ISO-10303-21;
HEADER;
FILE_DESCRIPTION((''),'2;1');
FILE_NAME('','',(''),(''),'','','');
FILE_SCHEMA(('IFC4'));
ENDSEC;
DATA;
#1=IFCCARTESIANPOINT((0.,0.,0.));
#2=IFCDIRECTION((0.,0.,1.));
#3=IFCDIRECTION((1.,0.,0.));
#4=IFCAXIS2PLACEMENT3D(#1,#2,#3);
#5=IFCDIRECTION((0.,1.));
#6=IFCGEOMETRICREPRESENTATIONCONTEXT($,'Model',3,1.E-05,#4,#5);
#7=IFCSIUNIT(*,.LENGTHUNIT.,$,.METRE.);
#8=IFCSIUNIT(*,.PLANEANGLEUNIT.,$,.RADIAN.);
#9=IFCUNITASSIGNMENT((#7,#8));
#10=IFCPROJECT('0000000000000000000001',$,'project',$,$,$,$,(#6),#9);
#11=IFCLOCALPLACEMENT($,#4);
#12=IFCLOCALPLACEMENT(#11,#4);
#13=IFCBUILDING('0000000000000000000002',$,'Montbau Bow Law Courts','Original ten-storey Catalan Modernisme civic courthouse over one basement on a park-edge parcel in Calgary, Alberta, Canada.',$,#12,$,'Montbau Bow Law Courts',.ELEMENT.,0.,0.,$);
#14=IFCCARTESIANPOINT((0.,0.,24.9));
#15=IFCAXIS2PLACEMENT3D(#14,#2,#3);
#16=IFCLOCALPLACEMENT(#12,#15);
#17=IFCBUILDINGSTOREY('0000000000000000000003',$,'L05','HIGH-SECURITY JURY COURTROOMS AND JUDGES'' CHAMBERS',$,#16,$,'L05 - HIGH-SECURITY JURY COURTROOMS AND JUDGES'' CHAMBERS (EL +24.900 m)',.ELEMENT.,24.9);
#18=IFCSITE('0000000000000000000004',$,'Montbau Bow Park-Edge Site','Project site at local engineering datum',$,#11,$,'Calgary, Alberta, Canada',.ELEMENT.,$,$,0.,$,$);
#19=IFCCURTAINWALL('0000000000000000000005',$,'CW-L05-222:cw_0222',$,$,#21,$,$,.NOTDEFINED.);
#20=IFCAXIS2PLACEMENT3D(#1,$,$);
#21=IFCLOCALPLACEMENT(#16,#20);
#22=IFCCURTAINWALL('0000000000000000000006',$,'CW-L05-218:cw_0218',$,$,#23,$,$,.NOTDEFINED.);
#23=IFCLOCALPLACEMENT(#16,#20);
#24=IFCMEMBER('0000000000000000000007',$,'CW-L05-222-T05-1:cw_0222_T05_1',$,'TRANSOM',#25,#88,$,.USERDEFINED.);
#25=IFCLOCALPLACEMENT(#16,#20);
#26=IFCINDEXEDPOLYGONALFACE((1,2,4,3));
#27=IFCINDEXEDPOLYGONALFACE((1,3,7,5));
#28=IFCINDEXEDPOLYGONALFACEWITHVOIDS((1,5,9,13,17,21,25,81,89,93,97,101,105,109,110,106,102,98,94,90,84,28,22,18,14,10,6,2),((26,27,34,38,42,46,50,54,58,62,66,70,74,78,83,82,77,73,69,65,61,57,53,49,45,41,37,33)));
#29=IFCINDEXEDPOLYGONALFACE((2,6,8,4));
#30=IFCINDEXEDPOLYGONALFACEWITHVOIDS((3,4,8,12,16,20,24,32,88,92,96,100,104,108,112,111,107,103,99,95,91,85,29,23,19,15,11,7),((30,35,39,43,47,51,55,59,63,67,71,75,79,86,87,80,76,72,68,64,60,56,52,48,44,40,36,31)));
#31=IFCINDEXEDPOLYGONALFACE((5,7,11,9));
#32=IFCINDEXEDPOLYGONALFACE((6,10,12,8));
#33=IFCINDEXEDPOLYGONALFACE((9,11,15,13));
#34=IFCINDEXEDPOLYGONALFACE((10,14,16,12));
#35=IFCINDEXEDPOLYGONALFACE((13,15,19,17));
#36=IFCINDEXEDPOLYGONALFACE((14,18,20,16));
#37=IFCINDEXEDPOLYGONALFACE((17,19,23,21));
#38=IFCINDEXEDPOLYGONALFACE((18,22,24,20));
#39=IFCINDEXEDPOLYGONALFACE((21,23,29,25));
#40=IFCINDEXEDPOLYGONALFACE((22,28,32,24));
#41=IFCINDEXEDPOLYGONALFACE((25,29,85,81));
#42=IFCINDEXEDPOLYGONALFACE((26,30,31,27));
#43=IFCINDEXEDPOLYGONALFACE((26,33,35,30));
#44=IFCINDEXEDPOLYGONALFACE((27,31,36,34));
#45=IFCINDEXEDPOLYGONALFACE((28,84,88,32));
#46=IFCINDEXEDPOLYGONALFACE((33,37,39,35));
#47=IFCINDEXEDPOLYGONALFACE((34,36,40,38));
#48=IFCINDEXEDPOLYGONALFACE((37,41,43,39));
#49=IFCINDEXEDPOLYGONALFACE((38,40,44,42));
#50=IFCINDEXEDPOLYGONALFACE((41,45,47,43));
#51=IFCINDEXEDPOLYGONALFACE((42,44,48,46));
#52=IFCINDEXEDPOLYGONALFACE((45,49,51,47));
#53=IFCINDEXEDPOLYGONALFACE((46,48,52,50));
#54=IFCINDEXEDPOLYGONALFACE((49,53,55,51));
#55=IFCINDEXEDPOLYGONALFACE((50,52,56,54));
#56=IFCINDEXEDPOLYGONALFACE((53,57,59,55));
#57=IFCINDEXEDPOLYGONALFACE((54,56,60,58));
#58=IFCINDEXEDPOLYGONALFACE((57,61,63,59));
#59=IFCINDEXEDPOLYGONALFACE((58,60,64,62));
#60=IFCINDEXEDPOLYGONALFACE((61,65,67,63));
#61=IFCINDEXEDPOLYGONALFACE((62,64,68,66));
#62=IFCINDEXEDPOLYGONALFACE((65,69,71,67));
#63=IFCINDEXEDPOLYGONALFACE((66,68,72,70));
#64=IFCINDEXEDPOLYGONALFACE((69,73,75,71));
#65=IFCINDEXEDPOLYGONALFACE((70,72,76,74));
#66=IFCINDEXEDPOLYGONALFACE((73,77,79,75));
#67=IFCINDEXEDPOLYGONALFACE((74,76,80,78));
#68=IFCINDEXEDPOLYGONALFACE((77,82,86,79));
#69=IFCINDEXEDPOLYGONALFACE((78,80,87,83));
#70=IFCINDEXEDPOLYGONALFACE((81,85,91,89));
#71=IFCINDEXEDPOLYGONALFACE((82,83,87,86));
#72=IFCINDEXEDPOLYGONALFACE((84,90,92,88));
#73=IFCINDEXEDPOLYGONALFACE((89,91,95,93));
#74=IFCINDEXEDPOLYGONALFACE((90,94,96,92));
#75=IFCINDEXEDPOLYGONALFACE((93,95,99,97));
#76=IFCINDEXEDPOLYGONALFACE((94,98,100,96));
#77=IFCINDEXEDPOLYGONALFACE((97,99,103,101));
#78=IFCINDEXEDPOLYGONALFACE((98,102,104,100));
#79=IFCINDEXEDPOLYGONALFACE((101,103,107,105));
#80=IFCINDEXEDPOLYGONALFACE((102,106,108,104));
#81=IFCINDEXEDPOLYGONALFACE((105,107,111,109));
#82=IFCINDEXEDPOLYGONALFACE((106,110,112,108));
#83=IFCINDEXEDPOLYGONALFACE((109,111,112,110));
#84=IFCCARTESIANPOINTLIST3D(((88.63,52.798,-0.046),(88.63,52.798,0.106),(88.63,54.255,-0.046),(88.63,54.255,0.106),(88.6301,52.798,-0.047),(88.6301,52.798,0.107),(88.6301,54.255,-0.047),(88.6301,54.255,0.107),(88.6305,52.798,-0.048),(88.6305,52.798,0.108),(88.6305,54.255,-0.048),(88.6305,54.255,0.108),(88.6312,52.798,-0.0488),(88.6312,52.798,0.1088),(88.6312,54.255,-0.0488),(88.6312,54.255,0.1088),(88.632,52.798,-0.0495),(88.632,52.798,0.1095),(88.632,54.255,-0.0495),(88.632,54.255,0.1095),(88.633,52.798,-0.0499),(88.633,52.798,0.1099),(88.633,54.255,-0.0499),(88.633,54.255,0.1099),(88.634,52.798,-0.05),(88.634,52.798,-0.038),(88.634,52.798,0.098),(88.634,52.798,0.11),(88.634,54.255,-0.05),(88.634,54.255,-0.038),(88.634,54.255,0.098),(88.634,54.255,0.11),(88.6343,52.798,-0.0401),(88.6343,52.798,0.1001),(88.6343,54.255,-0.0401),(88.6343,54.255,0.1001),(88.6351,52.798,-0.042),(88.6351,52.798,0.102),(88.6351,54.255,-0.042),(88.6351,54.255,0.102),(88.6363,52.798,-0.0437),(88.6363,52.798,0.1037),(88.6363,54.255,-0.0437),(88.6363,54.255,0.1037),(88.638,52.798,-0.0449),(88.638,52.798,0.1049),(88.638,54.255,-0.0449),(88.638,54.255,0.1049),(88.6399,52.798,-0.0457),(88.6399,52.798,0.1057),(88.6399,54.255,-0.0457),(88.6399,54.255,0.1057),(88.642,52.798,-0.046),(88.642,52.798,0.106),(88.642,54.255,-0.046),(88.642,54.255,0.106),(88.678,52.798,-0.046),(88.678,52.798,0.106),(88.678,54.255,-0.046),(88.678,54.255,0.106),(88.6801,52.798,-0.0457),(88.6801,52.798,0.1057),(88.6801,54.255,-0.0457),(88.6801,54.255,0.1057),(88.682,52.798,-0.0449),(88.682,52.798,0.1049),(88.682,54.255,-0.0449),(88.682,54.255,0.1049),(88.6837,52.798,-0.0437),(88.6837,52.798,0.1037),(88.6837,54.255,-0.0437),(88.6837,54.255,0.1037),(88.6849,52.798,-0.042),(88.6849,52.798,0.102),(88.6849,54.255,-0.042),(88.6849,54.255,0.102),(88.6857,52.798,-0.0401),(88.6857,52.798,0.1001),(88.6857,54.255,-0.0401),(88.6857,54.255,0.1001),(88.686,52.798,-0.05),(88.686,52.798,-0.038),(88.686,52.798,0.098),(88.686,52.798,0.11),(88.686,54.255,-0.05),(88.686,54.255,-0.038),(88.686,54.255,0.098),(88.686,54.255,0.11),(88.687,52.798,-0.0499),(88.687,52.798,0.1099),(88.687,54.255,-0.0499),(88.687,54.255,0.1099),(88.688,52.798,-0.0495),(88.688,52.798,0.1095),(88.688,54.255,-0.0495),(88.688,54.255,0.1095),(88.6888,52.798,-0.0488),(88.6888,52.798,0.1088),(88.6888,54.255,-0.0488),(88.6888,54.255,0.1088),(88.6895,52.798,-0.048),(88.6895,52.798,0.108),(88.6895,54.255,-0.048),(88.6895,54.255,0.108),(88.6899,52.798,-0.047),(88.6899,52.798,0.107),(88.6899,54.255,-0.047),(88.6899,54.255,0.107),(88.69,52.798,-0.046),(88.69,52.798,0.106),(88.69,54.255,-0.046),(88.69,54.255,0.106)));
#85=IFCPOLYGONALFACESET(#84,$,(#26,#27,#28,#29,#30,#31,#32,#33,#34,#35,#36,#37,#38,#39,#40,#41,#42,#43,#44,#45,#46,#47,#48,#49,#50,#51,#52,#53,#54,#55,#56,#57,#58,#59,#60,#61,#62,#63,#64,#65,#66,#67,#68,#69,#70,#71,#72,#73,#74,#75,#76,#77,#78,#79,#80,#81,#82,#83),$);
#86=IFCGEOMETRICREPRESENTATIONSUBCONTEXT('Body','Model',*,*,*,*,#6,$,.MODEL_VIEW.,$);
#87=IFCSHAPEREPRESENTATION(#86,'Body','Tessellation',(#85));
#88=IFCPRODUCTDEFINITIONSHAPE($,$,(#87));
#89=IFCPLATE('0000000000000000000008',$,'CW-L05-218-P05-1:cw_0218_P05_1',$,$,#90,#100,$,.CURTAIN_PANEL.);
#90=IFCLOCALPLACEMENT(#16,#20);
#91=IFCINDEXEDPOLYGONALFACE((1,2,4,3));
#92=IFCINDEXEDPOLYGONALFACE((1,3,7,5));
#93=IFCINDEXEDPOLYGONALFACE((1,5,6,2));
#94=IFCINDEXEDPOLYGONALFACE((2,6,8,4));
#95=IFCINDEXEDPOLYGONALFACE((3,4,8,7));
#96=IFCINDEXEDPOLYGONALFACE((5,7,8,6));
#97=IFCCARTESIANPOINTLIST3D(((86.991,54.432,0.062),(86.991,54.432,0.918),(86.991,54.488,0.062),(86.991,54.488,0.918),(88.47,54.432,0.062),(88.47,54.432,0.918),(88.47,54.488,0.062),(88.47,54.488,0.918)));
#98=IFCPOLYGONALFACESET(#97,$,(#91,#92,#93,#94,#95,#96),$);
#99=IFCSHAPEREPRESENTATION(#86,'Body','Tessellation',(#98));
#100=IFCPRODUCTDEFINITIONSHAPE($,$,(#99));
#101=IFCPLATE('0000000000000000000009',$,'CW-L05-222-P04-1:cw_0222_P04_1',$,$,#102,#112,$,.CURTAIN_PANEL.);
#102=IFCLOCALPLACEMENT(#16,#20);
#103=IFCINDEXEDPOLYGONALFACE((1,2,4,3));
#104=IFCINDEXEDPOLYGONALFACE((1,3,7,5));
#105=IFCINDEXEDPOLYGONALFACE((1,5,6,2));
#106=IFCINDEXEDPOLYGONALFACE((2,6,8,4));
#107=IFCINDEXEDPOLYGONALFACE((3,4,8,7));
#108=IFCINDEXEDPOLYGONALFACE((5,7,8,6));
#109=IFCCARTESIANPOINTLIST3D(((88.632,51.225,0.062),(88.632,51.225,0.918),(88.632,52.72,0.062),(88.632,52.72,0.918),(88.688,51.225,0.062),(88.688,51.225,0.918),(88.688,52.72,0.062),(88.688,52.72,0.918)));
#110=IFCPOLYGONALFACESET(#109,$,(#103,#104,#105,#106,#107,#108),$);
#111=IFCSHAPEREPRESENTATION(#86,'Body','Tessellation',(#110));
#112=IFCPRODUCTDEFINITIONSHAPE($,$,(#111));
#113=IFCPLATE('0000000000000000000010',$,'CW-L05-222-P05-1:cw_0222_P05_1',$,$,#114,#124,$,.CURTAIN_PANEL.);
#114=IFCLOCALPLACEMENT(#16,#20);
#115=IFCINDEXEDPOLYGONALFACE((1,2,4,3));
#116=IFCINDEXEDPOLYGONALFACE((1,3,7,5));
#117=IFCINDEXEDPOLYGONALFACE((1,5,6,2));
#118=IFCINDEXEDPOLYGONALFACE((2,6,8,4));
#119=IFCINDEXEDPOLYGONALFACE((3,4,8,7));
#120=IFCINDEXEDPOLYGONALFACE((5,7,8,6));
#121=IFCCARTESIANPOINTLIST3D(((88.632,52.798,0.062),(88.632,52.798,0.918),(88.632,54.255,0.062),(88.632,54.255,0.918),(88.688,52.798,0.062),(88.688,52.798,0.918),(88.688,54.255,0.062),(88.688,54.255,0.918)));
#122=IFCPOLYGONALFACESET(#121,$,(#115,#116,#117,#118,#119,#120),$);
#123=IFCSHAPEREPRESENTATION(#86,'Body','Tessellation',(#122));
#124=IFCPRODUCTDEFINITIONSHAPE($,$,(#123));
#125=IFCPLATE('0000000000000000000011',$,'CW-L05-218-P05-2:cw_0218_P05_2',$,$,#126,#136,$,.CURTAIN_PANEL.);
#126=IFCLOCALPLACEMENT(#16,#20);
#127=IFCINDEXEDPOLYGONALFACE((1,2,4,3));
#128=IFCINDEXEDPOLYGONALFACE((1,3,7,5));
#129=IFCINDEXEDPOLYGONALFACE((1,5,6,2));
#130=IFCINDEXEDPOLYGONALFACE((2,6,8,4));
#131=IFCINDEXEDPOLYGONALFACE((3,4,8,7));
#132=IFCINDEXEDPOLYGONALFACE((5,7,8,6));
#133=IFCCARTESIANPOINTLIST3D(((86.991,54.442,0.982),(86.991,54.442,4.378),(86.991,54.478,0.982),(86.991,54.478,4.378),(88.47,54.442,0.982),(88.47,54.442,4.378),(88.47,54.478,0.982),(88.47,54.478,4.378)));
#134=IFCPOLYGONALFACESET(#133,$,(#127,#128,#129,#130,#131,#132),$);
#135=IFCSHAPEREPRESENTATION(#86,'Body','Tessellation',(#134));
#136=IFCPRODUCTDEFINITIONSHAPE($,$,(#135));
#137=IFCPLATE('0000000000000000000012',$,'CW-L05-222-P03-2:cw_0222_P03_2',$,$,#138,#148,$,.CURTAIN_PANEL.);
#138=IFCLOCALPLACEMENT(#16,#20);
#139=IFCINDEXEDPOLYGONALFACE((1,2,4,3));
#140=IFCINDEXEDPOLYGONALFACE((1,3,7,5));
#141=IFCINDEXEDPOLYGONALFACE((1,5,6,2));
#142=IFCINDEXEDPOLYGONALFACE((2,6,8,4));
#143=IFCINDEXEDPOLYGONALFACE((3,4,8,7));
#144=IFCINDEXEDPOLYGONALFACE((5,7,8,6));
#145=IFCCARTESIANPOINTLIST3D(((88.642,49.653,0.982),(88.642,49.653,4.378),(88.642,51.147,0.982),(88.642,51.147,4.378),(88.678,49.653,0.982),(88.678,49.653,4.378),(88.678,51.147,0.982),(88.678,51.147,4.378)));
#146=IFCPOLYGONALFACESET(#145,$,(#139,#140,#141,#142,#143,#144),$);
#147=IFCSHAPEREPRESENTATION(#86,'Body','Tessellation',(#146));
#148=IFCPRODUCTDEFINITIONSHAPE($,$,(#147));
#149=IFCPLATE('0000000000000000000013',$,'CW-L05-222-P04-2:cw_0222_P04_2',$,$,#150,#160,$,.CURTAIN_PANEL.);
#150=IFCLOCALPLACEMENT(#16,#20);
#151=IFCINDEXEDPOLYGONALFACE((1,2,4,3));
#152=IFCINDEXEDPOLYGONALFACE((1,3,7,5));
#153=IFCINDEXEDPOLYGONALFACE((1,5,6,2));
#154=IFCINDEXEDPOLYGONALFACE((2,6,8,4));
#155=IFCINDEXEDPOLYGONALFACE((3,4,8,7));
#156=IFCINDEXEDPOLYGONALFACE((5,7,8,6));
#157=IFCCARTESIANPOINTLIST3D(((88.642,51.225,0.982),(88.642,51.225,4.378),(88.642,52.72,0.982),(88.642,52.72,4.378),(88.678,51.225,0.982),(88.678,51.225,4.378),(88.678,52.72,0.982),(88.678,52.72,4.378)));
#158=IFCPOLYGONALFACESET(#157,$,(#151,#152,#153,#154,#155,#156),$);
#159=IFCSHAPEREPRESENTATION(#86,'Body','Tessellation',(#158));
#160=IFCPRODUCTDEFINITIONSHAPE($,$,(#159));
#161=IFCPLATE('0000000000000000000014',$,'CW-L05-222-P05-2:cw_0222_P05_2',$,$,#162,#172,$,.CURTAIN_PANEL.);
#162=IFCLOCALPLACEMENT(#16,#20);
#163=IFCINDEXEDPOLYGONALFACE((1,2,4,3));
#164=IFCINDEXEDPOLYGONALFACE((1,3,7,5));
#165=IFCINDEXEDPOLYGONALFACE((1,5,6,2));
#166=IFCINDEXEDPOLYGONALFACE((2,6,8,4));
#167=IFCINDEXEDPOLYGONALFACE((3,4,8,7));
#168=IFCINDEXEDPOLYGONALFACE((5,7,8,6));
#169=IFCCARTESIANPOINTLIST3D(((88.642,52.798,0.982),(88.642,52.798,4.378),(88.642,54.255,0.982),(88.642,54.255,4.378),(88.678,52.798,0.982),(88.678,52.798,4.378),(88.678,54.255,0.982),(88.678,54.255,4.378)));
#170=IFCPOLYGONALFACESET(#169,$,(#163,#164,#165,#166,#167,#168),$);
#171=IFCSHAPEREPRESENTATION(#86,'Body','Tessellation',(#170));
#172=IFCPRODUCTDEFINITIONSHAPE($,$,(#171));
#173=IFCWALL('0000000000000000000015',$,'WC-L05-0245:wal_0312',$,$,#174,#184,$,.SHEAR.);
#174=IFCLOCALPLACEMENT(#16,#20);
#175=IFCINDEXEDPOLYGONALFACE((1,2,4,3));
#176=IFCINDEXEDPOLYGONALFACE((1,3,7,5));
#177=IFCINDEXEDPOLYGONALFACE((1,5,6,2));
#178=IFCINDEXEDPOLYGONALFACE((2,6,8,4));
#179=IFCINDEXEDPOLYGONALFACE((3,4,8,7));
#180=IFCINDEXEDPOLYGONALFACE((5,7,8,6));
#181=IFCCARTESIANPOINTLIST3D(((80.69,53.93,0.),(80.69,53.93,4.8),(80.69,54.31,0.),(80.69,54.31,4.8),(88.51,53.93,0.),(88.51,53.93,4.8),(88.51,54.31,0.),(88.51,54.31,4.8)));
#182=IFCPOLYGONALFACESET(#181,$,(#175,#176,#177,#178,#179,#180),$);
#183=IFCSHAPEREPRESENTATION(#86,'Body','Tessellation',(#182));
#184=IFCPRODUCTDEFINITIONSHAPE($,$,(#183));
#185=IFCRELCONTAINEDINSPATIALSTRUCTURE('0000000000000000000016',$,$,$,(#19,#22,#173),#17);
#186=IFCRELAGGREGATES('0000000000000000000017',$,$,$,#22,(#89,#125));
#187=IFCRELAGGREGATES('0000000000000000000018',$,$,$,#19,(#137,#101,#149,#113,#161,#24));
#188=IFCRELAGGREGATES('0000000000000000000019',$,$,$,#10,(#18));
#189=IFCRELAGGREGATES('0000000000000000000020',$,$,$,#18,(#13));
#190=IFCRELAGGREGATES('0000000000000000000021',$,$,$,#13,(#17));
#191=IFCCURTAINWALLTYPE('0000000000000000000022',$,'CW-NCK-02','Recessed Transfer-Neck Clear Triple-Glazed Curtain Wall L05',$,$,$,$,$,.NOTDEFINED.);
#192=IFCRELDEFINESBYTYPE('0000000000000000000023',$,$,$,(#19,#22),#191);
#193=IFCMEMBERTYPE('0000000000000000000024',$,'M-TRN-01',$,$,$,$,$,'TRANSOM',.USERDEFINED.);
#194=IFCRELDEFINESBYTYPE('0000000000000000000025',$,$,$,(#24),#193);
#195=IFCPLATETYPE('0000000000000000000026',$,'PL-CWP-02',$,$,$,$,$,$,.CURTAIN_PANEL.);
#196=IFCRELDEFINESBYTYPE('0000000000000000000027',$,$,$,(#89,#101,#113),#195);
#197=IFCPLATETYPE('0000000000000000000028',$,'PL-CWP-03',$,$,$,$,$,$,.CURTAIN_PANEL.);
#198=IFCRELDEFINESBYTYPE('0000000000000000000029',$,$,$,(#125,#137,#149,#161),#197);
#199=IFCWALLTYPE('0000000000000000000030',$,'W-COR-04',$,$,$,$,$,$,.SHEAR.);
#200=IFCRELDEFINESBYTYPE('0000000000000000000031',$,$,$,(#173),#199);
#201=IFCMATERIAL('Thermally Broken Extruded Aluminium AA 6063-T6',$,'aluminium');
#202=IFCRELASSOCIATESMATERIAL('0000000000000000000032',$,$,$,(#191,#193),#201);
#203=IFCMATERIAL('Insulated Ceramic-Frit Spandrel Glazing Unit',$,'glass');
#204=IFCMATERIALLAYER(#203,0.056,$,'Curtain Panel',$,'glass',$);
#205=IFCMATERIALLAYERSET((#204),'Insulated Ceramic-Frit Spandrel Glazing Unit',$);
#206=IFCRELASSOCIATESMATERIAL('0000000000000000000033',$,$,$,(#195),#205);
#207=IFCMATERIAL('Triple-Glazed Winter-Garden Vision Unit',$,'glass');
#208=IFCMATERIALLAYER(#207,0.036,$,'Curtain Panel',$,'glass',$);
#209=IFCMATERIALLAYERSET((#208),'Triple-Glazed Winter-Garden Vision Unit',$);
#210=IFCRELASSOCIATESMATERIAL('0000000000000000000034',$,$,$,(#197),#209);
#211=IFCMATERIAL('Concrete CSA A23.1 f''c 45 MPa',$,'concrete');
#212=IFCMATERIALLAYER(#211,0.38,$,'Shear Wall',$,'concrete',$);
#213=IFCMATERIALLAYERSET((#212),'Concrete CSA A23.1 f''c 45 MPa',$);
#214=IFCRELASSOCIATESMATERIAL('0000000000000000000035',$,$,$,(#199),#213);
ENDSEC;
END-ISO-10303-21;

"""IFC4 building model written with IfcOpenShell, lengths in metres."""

from ifc_helpers import new_model, si_unit, direction, frame, frame_2d, origin_with_axes, origin_2d_with_axis, place, context, subcontext, project, spatial, rectangle, hollow_rectangle, extrude, material, layer, layer_set, material_profile, profile_set, type_object, element, aggregate, save


model = new_model("IFC4")

# Units and contexts
model_context = context("Model", 3, precision=1e-05, world=origin_with_axes(), true_north=direction((0.0, 1.0)))
body_context = subcontext(model_context, "Body", "Model", "MODEL_VIEW")
ifc_project = project(units=[si_unit("LENGTHUNIT", "METRE"), si_unit("PLANEANGLEUNIT", "RADIAN")], contexts=[model_context])

# Site, building, storey
site_placement = place(None, origin_with_axes())
site = spatial("IfcSite", under=ifc_project, at=site_placement, Name="Montbau Bow Park-Edge Site", Description="Project site at local engineering datum", LongName="Calgary, Alberta, Canada", CompositionType="ELEMENT", RefElevation=0.0)
building_placement = place(site_placement, origin_with_axes())
building = spatial("IfcBuilding", under=site, at=building_placement, Name="Montbau Bow Law Courts", Description="Original ten-storey Catalan Modernisme civic courthouse over one basement on a park-edge parcel in Calgary, Alberta, Canada.", LongName="Montbau Bow Law Courts", CompositionType="ELEMENT", ElevationOfRefHeight=0.0, ElevationOfTerrain=0.0)
storey_placement = place(building_placement, frame((0.0, 0.0, 24.9), z_axis=(0.0, 0.0, 1.0), x_axis=(1.0, 0.0, 0.0)))
storey = spatial("IfcBuildingStorey", under=building, at=storey_placement, Name="L05", Description="HIGH-SECURITY JURY COURTROOMS AND JUDGES' CHAMBERS", LongName="L05 - HIGH-SECURITY JURY COURTROOMS AND JUDGES' CHAMBERS (EL +24.900 m)", CompositionType="ELEMENT", Elevation=24.9)

# Curtain walls
ifc_material_1 = material(Name="Thermally Broken Extruded Aluminium AA 6063-T6", Category="aluminium")
curtain_wall_type = type_object("IfcCurtainWallType", Name="CW-NCK-02", Description="Recessed Transfer-Neck Clear Triple-Glazed Curtain Wall L05", PredefinedType="NOTDEFINED", material=ifc_material_1)
curtain_wall_1_placement = place(None, frame((88.66, 46.468, 24.9), z_axis=(0.0, 0.0, 1.0), x_axis=(1.0, 0.0, 0.0)))
curtain_wall_1 = element("IfcCurtainWall", 1, at=curtain_wall_1_placement, inside=storey, type_object=curtain_wall_type, Name="CW-L05-222:cw_0222", PredefinedType="NOTDEFINED")
curtain_wall_2_placement = place(None, frame((80.668, 54.46, 24.9), z_axis=(0.0, 0.0, 1.0), x_axis=(1.0, 0.0, 0.0)))
curtain_wall_2 = element("IfcCurtainWall", 2, at=curtain_wall_2_placement, inside=storey, type_object=curtain_wall_type, Name="CW-L05-218:cw_0218", PredefinedType="NOTDEFINED")
ifc_material_profile_1 = material_profile(ifc_material_1, hollow_rectangle(XDim=0.06, YDim=0.16, WallThickness=0.004, InnerFilletRadius=0.008, OuterFilletRadius=0.004, at=origin_2d_with_axis()), Name="CWT-160X60", Category="Main", Priority=0)
ifc_profile_set_1 = profile_set([ifc_material_profile_1], Name="Thermally Broken Extruded Aluminium AA 6063-T6")
member_type_1 = type_object("IfcMemberType", Name="M-TRN-01", ElementType="TRANSOM", PredefinedType="USERDEFINED", material=ifc_profile_set_1)

# Member
member_1_placement = place(None, frame((88.66, 52.798, 24.93), z_axis=(0.0, 1.0, 0.0), x_axis=(-1.0, 0.0, 0.0)))
member_1 = element("IfcMember", 3, at=member_1_placement, type_object=member_type_1, Name="CW-L05-222-T05-1:cw_0222_T05_1", ObjectType="TRANSOM", PredefinedType="USERDEFINED", context=body_context, shape_type="SweptSolid", body=[
    extrude(hollow_rectangle(XDim=0.06, YDim=0.16, WallThickness=0.004, InnerFilletRadius=0.008, OuterFilletRadius=0.004, at=origin_2d_with_axis()), origin_with_axes(), (0.0, 0.0, 1.0), 1.457),
])

# Plates
ifc_material_2 = material(Name="Insulated Ceramic-Frit Spandrel Glazing Unit", Category="glass")
ifc_layer_1 = layer(ifc_material_2, 0.056, Name="Curtain Panel", Category="glass")
ifc_layer_set_1 = layer_set([ifc_layer_1], Name="Insulated Ceramic-Frit Spandrel Glazing Unit")
plate_type_1 = type_object("IfcPlateType", Name="PL-CWP-02", PredefinedType="CURTAIN_PANEL", material=ifc_layer_set_1)
plate_1_placement = place(None, frame((86.991, 54.46, 24.962), z_axis=(0.0, -1.0, 0.0), x_axis=(1.0, 0.0, 0.0)))
plate_1 = element("IfcPlate", 4, at=plate_1_placement, type_object=plate_type_1, Name="CW-L05-218-P05-1:cw_0218_P05_1", PredefinedType="CURTAIN_PANEL", context=body_context, shape_type="SweptSolid", body=[
    extrude(rectangle(XDim=1.479, YDim=0.856, at=frame_2d((0.7395, 0.428), x_axis=(1.0, 0.0))), frame((0.0, 0.0, -0.028), z_axis=(0.0, 0.0, 1.0), x_axis=(1.0, 0.0, 0.0)), (0.0, 0.0, 1.0), 0.056),
])
plate_2_placement = place(None, frame((88.66, 51.225, 24.962), z_axis=(1.0, 0.0, 0.0), x_axis=(0.0, 1.0, 0.0)))
plate_2 = element("IfcPlate", 5, at=plate_2_placement, type_object=plate_type_1, Name="CW-L05-222-P04-1:cw_0222_P04_1", PredefinedType="CURTAIN_PANEL", context=body_context, shape_type="SweptSolid", body=[
    extrude(rectangle(XDim=1.495, YDim=0.856, at=frame_2d((0.7475, 0.428), x_axis=(1.0, 0.0))), frame((0.0, 0.0, -0.028), z_axis=(0.0, 0.0, 1.0), x_axis=(1.0, 0.0, 0.0)), (0.0, 0.0, 1.0), 0.056),
])
plate_3_placement = place(None, frame((88.66, 52.798, 24.962), z_axis=(1.0, 0.0, 0.0), x_axis=(0.0, 1.0, 0.0)))
plate_3 = element("IfcPlate", 6, at=plate_3_placement, type_object=plate_type_1, Name="CW-L05-222-P05-1:cw_0222_P05_1", PredefinedType="CURTAIN_PANEL", context=body_context, shape_type="SweptSolid", body=[
    extrude(rectangle(XDim=1.457, YDim=0.856, at=frame_2d((0.7285, 0.428), x_axis=(1.0, 0.0))), frame((0.0, 0.0, -0.028), z_axis=(0.0, 0.0, 1.0), x_axis=(1.0, 0.0, 0.0)), (0.0, 0.0, 1.0), 0.056),
])
ifc_material_3 = material(Name="Triple-Glazed Winter-Garden Vision Unit", Category="glass")
ifc_layer_2 = layer(ifc_material_3, 0.036, Name="Curtain Panel", Category="glass")
ifc_layer_set_2 = layer_set([ifc_layer_2], Name="Triple-Glazed Winter-Garden Vision Unit")
plate_type_2 = type_object("IfcPlateType", Name="PL-CWP-03", PredefinedType="CURTAIN_PANEL", material=ifc_layer_set_2)
plate_4_placement = place(None, frame((86.991, 54.46, 25.882), z_axis=(0.0, -1.0, 0.0), x_axis=(1.0, 0.0, 0.0)))
plate_4 = element("IfcPlate", 7, at=plate_4_placement, type_object=plate_type_2, Name="CW-L05-218-P05-2:cw_0218_P05_2", PredefinedType="CURTAIN_PANEL", context=body_context, shape_type="SweptSolid", body=[
    extrude(rectangle(XDim=1.479, YDim=3.396, at=frame_2d((0.7395, 1.698), x_axis=(1.0, 0.0))), frame((0.0, 0.0, -0.018), z_axis=(0.0, 0.0, 1.0), x_axis=(1.0, 0.0, 0.0)), (0.0, 0.0, 1.0), 0.036),
])
aggregate(curtain_wall_2, [plate_1, plate_4])
plate_5_placement = place(None, frame((88.66, 49.653, 25.882), z_axis=(1.0, 0.0, 0.0), x_axis=(0.0, 1.0, 0.0)))
plate_5 = element("IfcPlate", 8, at=plate_5_placement, type_object=plate_type_2, Name="CW-L05-222-P03-2:cw_0222_P03_2", PredefinedType="CURTAIN_PANEL", context=body_context, shape_type="SweptSolid", body=[
    extrude(rectangle(XDim=1.494, YDim=3.396, at=frame_2d((0.747, 1.698), x_axis=(1.0, 0.0))), frame((0.0, 0.0, -0.018), z_axis=(0.0, 0.0, 1.0), x_axis=(1.0, 0.0, 0.0)), (0.0, 0.0, 1.0), 0.036),
])
plate_6_placement = place(None, frame((88.66, 51.225, 25.882), z_axis=(1.0, 0.0, 0.0), x_axis=(0.0, 1.0, 0.0)))
plate_6 = element("IfcPlate", 9, at=plate_6_placement, type_object=plate_type_2, Name="CW-L05-222-P04-2:cw_0222_P04_2", PredefinedType="CURTAIN_PANEL", context=body_context, shape_type="SweptSolid", body=[
    extrude(rectangle(XDim=1.495, YDim=3.396, at=frame_2d((0.7475, 1.698), x_axis=(1.0, 0.0))), frame((0.0, 0.0, -0.018), z_axis=(0.0, 0.0, 1.0), x_axis=(1.0, 0.0, 0.0)), (0.0, 0.0, 1.0), 0.036),
])
plate_7_placement = place(None, frame((88.66, 52.798, 25.882), z_axis=(1.0, 0.0, 0.0), x_axis=(0.0, 1.0, 0.0)))
plate_7 = element("IfcPlate", 10, at=plate_7_placement, type_object=plate_type_2, Name="CW-L05-222-P05-2:cw_0222_P05_2", PredefinedType="CURTAIN_PANEL", context=body_context, shape_type="SweptSolid", body=[
    extrude(rectangle(XDim=1.457, YDim=3.396, at=frame_2d((0.7285, 1.698), x_axis=(1.0, 0.0))), frame((0.0, 0.0, -0.018), z_axis=(0.0, 0.0, 1.0), x_axis=(1.0, 0.0, 0.0)), (0.0, 0.0, 1.0), 0.036),
])
aggregate(curtain_wall_1, [plate_5, plate_2, plate_6, plate_3, plate_7, member_1])

# Wall
ifc_material_4 = material(Name="Concrete CSA A23.1 f'c 45 MPa", Category="concrete")
ifc_layer_3 = layer(ifc_material_4, 0.38, Name="Shear Wall", Category="concrete")
ifc_layer_set_3 = layer_set([ifc_layer_3], Name="Concrete CSA A23.1 f'c 45 MPa")
wall_type = type_object("IfcWallType", Name="W-COR-04", PredefinedType="SHEAR", material=ifc_layer_set_3)
wall_placement = place(None, frame((88.51, 54.12, 24.9), z_axis=(0.0, 0.0, 1.0), x_axis=(-1.0, 0.0, 0.0)))
element("IfcWall", 11, at=wall_placement, inside=storey, type_object=wall_type, Name="WC-L05-0245:wal_0312", PredefinedType="SHEAR", context=body_context, shape_type="SweptSolid", body=[
    extrude(rectangle(XDim=7.82, YDim=0.38, at=frame_2d((3.91, 0.0), x_axis=(1.0, 0.0))), origin_with_axes(), (0.0, 0.0, 1.0), 4.8),
])

save(model, "model.ifc")
